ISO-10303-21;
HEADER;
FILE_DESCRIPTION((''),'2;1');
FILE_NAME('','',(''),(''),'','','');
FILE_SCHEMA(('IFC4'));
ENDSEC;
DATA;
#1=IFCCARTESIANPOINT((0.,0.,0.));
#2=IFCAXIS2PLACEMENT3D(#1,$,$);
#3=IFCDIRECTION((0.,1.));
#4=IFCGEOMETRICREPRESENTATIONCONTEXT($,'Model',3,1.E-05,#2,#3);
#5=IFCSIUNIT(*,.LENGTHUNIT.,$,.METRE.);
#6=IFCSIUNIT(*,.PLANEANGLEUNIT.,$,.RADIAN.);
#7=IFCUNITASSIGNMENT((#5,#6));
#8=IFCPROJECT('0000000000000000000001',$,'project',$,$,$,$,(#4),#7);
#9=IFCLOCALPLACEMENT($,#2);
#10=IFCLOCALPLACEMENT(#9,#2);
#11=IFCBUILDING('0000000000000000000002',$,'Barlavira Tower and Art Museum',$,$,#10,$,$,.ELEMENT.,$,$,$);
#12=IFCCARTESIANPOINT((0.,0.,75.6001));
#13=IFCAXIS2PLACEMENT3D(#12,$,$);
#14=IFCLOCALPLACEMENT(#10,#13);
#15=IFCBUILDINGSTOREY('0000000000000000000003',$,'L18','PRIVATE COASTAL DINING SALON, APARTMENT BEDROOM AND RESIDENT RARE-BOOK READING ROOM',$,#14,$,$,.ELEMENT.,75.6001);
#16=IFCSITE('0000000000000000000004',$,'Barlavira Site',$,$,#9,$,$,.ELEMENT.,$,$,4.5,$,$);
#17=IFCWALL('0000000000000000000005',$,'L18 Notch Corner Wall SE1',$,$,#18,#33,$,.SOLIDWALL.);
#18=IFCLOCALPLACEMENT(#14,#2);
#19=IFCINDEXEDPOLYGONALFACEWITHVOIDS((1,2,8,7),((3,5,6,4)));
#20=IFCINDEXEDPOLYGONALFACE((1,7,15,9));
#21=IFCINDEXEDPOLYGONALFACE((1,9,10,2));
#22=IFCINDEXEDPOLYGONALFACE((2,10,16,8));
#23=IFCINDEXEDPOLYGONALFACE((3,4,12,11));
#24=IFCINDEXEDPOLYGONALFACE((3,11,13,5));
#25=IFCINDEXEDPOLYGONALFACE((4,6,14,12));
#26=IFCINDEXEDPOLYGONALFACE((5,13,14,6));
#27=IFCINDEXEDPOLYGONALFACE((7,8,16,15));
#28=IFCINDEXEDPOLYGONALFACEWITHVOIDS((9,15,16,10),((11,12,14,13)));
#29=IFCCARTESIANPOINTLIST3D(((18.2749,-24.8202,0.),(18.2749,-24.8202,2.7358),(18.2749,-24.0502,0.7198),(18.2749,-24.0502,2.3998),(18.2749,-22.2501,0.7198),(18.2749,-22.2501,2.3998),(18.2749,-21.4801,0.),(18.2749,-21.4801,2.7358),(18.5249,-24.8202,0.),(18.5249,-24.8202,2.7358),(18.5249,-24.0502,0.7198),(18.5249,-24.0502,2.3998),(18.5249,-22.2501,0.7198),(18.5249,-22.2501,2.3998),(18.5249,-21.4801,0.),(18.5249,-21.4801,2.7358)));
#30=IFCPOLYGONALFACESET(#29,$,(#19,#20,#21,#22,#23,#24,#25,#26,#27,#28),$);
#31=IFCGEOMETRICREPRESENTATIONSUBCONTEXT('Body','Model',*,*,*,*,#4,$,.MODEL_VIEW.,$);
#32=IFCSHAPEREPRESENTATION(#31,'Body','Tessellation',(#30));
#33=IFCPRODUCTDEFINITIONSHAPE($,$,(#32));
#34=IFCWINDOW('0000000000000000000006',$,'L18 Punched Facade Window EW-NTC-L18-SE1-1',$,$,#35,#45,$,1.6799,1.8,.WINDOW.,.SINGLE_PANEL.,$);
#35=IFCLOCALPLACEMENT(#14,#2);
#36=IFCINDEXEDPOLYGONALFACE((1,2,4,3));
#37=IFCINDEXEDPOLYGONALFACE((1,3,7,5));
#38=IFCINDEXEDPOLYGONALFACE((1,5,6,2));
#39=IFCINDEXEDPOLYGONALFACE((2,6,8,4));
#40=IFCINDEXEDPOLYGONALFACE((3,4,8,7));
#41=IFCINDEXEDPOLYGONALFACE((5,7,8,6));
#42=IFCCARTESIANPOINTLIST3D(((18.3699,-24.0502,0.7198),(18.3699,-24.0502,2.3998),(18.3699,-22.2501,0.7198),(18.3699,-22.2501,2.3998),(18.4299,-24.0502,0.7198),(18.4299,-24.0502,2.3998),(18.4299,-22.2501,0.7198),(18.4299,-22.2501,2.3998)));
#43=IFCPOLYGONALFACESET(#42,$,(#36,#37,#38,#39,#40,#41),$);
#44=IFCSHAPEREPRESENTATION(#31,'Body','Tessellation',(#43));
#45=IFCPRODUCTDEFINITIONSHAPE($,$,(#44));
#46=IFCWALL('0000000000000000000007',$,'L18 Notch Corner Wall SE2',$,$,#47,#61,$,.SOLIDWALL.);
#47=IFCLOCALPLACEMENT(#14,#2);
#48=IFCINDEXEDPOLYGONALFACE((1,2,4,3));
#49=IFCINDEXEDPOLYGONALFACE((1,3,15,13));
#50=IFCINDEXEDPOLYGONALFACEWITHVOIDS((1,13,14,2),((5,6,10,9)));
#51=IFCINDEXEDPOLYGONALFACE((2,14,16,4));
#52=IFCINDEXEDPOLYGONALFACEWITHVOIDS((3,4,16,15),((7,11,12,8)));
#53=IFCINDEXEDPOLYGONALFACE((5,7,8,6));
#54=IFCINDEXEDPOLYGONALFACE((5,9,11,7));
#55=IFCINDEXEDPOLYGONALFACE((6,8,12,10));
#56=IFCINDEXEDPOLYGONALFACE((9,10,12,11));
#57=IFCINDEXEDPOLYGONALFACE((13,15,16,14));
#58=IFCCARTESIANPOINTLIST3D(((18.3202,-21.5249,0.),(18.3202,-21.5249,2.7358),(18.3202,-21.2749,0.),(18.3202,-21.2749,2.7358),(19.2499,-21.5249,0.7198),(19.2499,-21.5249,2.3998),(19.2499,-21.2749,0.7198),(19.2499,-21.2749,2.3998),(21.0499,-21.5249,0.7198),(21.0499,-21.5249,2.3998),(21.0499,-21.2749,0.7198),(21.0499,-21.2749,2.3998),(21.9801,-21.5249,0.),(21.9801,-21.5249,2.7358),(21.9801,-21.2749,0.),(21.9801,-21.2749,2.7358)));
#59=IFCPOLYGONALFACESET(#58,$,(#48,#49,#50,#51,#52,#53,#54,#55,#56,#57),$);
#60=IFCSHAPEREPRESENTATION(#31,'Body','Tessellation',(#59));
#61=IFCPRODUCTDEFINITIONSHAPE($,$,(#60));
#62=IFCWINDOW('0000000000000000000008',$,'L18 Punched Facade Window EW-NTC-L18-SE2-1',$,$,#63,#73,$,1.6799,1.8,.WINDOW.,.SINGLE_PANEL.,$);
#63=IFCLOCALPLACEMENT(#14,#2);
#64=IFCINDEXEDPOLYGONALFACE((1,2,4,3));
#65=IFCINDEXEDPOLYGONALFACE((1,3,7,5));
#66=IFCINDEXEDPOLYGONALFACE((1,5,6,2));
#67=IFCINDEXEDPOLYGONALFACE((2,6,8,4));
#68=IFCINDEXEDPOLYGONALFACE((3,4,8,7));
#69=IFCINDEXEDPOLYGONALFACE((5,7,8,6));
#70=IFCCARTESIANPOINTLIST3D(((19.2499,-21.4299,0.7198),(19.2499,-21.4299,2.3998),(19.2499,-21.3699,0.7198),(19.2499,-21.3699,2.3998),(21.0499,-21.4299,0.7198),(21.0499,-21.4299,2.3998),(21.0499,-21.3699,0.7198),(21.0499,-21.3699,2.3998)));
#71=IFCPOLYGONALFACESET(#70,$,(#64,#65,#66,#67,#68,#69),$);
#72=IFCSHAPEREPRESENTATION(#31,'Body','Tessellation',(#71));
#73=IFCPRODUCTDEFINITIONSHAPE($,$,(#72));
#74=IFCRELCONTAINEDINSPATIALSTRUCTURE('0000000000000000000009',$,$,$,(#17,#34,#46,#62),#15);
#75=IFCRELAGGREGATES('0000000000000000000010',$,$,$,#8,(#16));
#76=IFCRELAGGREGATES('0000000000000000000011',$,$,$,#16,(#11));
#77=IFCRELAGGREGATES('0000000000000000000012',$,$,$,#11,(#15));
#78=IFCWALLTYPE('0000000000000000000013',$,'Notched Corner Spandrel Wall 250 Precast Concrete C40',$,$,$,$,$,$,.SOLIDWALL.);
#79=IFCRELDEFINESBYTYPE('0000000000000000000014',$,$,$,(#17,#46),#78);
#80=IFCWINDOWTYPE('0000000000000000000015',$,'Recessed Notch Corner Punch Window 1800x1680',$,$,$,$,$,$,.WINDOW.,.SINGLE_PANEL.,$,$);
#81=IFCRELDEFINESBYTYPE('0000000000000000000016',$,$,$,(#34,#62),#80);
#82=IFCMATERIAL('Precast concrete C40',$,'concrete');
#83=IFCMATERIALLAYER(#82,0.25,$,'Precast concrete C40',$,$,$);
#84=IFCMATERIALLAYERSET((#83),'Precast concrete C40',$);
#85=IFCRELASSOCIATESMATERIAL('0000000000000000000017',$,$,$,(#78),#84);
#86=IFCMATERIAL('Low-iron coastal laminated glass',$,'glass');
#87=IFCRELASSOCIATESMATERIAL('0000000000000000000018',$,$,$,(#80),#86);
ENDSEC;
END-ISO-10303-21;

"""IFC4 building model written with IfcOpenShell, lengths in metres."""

from ifc_helpers import new_model, si_unit, direction, frame, frame_2d, origin, place, context, subcontext, project, spatial, rectangle, extrude, material, layer, layer_set, type_object, element, fill, save


model = new_model("IFC4")

# Units and contexts
model_context = context("Model", 3, precision=1e-05, world=origin(), true_north=direction((0.0, 1.0)))
body_context = subcontext(model_context, "Body", "Model", "MODEL_VIEW")
ifc_project = project(units=[si_unit("LENGTHUNIT", "METRE"), si_unit("PLANEANGLEUNIT", "RADIAN")], contexts=[model_context])

# Site, building, storey
site_placement = place(None, origin())
site = spatial("IfcSite", under=ifc_project, at=site_placement, Name="Barlavira Site", CompositionType="ELEMENT", RefElevation=4.5)
building_placement = place(site_placement, origin())
building = spatial("IfcBuilding", under=site, at=building_placement, Name="Barlavira Tower and Art Museum", CompositionType="ELEMENT")
storey_placement = place(building_placement, frame((0.0, 0.0, 75.6001)))
storey = spatial("IfcBuildingStorey", under=building, at=storey_placement, Name="L18", Description="PRIVATE COASTAL DINING SALON, APARTMENT BEDROOM AND RESIDENT RARE-BOOK READING ROOM", CompositionType="ELEMENT", Elevation=75.6001)

# Shared definitions
ifc_material_1 = material(Name="Precast concrete C40", Category="concrete")
ifc_layer_1 = layer(ifc_material_1, 0.25, Name="Precast concrete C40")
ifc_layer_set_1 = layer_set([ifc_layer_1], Name="Precast concrete C40")
wall_type_1 = type_object("IfcWallType", Name="Notched Corner Spandrel Wall 250 Precast Concrete C40", PredefinedType="SOLIDWALL", material=ifc_layer_set_1)
ifc_material_2 = material(Name="Low-iron coastal laminated glass", Category="glass")
window_type_1 = type_object("IfcWindowType", Name="Recessed Notch Corner Punch Window 1800x1680", PartitioningType="SINGLE_PANEL", PredefinedType="WINDOW", material=ifc_material_2)

# Walls, openings, windows
wall_1_placement = place(storey_placement, frame((18.3999, -24.8201, 0.0), z_axis=(0.0, 0.0, 1.0), x_axis=(0.0, 1.0, 0.0)))
wall_1 = element("IfcWall", 1, at=wall_1_placement, inside=storey, type_object=wall_type_1, Name="L18 Notch Corner Wall SE1", PredefinedType="SOLIDWALL", context=body_context, shape_type="SweptSolid", body=[
    extrude(rectangle(XDim=3.3401, YDim=0.25, at=frame_2d((1.6699, 0.0))), origin(), (0.0, 0.0, 1.0), 2.7358),
])
opening_1_placement = place(wall_1_placement, frame((0.77, 0.0, 0.72)))
opening_1 = element("IfcOpeningElement", 2, at=opening_1_placement, cuts=wall_1, PredefinedType="OPENING", context=body_context, shape_type="SweptSolid", body=[
    extrude(rectangle(XDim=1.8, YDim=1.6799, at=frame_2d((0.8999, 0.8398))), frame((0.0, 0.135, 0.0), z_axis=(0.0, -1.0, 0.0), x_axis=(1.0, 0.0, 0.0)), (0.0, 0.0, 1.0), 0.27),
])
window_1_placement = place(opening_1_placement, origin())
window_1 = element("IfcWindow", 3, at=window_1_placement, inside=storey, type_object=window_type_1, Name="L18 Punched Facade Window EW-NTC-L18-SE1-1", OverallHeight=1.6799, OverallWidth=1.8, PartitioningType="SINGLE_PANEL", PredefinedType="WINDOW", context=body_context, shape_type="SweptSolid", body=[
    extrude(rectangle(XDim=1.8, YDim=1.6799, at=frame_2d((0.8999, 0.8398))), frame((0.0, 0.03, 0.0), z_axis=(0.0, -1.0, 0.0), x_axis=(1.0, 0.0, 0.0)), (0.0, 0.0, 1.0), 0.0601),
])
fill(opening_1, window_1)
wall_2_placement = place(storey_placement, frame((18.3201, -21.3999, 0.0), z_axis=(0.0, 0.0, 1.0), x_axis=(1.0, 0.0, 0.0)))
wall_2 = element("IfcWall", 4, at=wall_2_placement, inside=storey, type_object=wall_type_1, Name="L18 Notch Corner Wall SE2", PredefinedType="SOLIDWALL", context=body_context, shape_type="SweptSolid", body=[
    extrude(rectangle(XDim=3.6599, YDim=0.25, at=frame_2d((1.8301, 0.0))), origin(), (0.0, 0.0, 1.0), 2.7358),
])
opening_2_placement = place(wall_2_placement, frame((0.9299, 0.0, 0.72)))
opening_2 = element("IfcOpeningElement", 5, at=opening_2_placement, cuts=wall_2, PredefinedType="OPENING", context=body_context, shape_type="SweptSolid", body=[
    extrude(rectangle(XDim=1.8, YDim=1.6799, at=frame_2d((0.8999, 0.8398))), frame((0.0, 0.135, 0.0), z_axis=(0.0, -1.0, 0.0), x_axis=(1.0, 0.0, 0.0)), (0.0, 0.0, 1.0), 0.27),
])
window_2_placement = place(opening_2_placement, origin())
window_2 = element("IfcWindow", 6, at=window_2_placement, inside=storey, type_object=window_type_1, Name="L18 Punched Facade Window EW-NTC-L18-SE2-1", OverallHeight=1.6799, OverallWidth=1.8, PartitioningType="SINGLE_PANEL", PredefinedType="WINDOW", context=body_context, shape_type="SweptSolid", body=[
    extrude(rectangle(XDim=1.8, YDim=1.6799, at=frame_2d((0.8999, 0.8398))), frame((0.0, 0.03, 0.0), z_axis=(0.0, -1.0, 0.0), x_axis=(1.0, 0.0, 0.0)), (0.0, 0.0, 1.0), 0.0601),
])
fill(opening_2, window_2)

save(model, "model.ifc")
